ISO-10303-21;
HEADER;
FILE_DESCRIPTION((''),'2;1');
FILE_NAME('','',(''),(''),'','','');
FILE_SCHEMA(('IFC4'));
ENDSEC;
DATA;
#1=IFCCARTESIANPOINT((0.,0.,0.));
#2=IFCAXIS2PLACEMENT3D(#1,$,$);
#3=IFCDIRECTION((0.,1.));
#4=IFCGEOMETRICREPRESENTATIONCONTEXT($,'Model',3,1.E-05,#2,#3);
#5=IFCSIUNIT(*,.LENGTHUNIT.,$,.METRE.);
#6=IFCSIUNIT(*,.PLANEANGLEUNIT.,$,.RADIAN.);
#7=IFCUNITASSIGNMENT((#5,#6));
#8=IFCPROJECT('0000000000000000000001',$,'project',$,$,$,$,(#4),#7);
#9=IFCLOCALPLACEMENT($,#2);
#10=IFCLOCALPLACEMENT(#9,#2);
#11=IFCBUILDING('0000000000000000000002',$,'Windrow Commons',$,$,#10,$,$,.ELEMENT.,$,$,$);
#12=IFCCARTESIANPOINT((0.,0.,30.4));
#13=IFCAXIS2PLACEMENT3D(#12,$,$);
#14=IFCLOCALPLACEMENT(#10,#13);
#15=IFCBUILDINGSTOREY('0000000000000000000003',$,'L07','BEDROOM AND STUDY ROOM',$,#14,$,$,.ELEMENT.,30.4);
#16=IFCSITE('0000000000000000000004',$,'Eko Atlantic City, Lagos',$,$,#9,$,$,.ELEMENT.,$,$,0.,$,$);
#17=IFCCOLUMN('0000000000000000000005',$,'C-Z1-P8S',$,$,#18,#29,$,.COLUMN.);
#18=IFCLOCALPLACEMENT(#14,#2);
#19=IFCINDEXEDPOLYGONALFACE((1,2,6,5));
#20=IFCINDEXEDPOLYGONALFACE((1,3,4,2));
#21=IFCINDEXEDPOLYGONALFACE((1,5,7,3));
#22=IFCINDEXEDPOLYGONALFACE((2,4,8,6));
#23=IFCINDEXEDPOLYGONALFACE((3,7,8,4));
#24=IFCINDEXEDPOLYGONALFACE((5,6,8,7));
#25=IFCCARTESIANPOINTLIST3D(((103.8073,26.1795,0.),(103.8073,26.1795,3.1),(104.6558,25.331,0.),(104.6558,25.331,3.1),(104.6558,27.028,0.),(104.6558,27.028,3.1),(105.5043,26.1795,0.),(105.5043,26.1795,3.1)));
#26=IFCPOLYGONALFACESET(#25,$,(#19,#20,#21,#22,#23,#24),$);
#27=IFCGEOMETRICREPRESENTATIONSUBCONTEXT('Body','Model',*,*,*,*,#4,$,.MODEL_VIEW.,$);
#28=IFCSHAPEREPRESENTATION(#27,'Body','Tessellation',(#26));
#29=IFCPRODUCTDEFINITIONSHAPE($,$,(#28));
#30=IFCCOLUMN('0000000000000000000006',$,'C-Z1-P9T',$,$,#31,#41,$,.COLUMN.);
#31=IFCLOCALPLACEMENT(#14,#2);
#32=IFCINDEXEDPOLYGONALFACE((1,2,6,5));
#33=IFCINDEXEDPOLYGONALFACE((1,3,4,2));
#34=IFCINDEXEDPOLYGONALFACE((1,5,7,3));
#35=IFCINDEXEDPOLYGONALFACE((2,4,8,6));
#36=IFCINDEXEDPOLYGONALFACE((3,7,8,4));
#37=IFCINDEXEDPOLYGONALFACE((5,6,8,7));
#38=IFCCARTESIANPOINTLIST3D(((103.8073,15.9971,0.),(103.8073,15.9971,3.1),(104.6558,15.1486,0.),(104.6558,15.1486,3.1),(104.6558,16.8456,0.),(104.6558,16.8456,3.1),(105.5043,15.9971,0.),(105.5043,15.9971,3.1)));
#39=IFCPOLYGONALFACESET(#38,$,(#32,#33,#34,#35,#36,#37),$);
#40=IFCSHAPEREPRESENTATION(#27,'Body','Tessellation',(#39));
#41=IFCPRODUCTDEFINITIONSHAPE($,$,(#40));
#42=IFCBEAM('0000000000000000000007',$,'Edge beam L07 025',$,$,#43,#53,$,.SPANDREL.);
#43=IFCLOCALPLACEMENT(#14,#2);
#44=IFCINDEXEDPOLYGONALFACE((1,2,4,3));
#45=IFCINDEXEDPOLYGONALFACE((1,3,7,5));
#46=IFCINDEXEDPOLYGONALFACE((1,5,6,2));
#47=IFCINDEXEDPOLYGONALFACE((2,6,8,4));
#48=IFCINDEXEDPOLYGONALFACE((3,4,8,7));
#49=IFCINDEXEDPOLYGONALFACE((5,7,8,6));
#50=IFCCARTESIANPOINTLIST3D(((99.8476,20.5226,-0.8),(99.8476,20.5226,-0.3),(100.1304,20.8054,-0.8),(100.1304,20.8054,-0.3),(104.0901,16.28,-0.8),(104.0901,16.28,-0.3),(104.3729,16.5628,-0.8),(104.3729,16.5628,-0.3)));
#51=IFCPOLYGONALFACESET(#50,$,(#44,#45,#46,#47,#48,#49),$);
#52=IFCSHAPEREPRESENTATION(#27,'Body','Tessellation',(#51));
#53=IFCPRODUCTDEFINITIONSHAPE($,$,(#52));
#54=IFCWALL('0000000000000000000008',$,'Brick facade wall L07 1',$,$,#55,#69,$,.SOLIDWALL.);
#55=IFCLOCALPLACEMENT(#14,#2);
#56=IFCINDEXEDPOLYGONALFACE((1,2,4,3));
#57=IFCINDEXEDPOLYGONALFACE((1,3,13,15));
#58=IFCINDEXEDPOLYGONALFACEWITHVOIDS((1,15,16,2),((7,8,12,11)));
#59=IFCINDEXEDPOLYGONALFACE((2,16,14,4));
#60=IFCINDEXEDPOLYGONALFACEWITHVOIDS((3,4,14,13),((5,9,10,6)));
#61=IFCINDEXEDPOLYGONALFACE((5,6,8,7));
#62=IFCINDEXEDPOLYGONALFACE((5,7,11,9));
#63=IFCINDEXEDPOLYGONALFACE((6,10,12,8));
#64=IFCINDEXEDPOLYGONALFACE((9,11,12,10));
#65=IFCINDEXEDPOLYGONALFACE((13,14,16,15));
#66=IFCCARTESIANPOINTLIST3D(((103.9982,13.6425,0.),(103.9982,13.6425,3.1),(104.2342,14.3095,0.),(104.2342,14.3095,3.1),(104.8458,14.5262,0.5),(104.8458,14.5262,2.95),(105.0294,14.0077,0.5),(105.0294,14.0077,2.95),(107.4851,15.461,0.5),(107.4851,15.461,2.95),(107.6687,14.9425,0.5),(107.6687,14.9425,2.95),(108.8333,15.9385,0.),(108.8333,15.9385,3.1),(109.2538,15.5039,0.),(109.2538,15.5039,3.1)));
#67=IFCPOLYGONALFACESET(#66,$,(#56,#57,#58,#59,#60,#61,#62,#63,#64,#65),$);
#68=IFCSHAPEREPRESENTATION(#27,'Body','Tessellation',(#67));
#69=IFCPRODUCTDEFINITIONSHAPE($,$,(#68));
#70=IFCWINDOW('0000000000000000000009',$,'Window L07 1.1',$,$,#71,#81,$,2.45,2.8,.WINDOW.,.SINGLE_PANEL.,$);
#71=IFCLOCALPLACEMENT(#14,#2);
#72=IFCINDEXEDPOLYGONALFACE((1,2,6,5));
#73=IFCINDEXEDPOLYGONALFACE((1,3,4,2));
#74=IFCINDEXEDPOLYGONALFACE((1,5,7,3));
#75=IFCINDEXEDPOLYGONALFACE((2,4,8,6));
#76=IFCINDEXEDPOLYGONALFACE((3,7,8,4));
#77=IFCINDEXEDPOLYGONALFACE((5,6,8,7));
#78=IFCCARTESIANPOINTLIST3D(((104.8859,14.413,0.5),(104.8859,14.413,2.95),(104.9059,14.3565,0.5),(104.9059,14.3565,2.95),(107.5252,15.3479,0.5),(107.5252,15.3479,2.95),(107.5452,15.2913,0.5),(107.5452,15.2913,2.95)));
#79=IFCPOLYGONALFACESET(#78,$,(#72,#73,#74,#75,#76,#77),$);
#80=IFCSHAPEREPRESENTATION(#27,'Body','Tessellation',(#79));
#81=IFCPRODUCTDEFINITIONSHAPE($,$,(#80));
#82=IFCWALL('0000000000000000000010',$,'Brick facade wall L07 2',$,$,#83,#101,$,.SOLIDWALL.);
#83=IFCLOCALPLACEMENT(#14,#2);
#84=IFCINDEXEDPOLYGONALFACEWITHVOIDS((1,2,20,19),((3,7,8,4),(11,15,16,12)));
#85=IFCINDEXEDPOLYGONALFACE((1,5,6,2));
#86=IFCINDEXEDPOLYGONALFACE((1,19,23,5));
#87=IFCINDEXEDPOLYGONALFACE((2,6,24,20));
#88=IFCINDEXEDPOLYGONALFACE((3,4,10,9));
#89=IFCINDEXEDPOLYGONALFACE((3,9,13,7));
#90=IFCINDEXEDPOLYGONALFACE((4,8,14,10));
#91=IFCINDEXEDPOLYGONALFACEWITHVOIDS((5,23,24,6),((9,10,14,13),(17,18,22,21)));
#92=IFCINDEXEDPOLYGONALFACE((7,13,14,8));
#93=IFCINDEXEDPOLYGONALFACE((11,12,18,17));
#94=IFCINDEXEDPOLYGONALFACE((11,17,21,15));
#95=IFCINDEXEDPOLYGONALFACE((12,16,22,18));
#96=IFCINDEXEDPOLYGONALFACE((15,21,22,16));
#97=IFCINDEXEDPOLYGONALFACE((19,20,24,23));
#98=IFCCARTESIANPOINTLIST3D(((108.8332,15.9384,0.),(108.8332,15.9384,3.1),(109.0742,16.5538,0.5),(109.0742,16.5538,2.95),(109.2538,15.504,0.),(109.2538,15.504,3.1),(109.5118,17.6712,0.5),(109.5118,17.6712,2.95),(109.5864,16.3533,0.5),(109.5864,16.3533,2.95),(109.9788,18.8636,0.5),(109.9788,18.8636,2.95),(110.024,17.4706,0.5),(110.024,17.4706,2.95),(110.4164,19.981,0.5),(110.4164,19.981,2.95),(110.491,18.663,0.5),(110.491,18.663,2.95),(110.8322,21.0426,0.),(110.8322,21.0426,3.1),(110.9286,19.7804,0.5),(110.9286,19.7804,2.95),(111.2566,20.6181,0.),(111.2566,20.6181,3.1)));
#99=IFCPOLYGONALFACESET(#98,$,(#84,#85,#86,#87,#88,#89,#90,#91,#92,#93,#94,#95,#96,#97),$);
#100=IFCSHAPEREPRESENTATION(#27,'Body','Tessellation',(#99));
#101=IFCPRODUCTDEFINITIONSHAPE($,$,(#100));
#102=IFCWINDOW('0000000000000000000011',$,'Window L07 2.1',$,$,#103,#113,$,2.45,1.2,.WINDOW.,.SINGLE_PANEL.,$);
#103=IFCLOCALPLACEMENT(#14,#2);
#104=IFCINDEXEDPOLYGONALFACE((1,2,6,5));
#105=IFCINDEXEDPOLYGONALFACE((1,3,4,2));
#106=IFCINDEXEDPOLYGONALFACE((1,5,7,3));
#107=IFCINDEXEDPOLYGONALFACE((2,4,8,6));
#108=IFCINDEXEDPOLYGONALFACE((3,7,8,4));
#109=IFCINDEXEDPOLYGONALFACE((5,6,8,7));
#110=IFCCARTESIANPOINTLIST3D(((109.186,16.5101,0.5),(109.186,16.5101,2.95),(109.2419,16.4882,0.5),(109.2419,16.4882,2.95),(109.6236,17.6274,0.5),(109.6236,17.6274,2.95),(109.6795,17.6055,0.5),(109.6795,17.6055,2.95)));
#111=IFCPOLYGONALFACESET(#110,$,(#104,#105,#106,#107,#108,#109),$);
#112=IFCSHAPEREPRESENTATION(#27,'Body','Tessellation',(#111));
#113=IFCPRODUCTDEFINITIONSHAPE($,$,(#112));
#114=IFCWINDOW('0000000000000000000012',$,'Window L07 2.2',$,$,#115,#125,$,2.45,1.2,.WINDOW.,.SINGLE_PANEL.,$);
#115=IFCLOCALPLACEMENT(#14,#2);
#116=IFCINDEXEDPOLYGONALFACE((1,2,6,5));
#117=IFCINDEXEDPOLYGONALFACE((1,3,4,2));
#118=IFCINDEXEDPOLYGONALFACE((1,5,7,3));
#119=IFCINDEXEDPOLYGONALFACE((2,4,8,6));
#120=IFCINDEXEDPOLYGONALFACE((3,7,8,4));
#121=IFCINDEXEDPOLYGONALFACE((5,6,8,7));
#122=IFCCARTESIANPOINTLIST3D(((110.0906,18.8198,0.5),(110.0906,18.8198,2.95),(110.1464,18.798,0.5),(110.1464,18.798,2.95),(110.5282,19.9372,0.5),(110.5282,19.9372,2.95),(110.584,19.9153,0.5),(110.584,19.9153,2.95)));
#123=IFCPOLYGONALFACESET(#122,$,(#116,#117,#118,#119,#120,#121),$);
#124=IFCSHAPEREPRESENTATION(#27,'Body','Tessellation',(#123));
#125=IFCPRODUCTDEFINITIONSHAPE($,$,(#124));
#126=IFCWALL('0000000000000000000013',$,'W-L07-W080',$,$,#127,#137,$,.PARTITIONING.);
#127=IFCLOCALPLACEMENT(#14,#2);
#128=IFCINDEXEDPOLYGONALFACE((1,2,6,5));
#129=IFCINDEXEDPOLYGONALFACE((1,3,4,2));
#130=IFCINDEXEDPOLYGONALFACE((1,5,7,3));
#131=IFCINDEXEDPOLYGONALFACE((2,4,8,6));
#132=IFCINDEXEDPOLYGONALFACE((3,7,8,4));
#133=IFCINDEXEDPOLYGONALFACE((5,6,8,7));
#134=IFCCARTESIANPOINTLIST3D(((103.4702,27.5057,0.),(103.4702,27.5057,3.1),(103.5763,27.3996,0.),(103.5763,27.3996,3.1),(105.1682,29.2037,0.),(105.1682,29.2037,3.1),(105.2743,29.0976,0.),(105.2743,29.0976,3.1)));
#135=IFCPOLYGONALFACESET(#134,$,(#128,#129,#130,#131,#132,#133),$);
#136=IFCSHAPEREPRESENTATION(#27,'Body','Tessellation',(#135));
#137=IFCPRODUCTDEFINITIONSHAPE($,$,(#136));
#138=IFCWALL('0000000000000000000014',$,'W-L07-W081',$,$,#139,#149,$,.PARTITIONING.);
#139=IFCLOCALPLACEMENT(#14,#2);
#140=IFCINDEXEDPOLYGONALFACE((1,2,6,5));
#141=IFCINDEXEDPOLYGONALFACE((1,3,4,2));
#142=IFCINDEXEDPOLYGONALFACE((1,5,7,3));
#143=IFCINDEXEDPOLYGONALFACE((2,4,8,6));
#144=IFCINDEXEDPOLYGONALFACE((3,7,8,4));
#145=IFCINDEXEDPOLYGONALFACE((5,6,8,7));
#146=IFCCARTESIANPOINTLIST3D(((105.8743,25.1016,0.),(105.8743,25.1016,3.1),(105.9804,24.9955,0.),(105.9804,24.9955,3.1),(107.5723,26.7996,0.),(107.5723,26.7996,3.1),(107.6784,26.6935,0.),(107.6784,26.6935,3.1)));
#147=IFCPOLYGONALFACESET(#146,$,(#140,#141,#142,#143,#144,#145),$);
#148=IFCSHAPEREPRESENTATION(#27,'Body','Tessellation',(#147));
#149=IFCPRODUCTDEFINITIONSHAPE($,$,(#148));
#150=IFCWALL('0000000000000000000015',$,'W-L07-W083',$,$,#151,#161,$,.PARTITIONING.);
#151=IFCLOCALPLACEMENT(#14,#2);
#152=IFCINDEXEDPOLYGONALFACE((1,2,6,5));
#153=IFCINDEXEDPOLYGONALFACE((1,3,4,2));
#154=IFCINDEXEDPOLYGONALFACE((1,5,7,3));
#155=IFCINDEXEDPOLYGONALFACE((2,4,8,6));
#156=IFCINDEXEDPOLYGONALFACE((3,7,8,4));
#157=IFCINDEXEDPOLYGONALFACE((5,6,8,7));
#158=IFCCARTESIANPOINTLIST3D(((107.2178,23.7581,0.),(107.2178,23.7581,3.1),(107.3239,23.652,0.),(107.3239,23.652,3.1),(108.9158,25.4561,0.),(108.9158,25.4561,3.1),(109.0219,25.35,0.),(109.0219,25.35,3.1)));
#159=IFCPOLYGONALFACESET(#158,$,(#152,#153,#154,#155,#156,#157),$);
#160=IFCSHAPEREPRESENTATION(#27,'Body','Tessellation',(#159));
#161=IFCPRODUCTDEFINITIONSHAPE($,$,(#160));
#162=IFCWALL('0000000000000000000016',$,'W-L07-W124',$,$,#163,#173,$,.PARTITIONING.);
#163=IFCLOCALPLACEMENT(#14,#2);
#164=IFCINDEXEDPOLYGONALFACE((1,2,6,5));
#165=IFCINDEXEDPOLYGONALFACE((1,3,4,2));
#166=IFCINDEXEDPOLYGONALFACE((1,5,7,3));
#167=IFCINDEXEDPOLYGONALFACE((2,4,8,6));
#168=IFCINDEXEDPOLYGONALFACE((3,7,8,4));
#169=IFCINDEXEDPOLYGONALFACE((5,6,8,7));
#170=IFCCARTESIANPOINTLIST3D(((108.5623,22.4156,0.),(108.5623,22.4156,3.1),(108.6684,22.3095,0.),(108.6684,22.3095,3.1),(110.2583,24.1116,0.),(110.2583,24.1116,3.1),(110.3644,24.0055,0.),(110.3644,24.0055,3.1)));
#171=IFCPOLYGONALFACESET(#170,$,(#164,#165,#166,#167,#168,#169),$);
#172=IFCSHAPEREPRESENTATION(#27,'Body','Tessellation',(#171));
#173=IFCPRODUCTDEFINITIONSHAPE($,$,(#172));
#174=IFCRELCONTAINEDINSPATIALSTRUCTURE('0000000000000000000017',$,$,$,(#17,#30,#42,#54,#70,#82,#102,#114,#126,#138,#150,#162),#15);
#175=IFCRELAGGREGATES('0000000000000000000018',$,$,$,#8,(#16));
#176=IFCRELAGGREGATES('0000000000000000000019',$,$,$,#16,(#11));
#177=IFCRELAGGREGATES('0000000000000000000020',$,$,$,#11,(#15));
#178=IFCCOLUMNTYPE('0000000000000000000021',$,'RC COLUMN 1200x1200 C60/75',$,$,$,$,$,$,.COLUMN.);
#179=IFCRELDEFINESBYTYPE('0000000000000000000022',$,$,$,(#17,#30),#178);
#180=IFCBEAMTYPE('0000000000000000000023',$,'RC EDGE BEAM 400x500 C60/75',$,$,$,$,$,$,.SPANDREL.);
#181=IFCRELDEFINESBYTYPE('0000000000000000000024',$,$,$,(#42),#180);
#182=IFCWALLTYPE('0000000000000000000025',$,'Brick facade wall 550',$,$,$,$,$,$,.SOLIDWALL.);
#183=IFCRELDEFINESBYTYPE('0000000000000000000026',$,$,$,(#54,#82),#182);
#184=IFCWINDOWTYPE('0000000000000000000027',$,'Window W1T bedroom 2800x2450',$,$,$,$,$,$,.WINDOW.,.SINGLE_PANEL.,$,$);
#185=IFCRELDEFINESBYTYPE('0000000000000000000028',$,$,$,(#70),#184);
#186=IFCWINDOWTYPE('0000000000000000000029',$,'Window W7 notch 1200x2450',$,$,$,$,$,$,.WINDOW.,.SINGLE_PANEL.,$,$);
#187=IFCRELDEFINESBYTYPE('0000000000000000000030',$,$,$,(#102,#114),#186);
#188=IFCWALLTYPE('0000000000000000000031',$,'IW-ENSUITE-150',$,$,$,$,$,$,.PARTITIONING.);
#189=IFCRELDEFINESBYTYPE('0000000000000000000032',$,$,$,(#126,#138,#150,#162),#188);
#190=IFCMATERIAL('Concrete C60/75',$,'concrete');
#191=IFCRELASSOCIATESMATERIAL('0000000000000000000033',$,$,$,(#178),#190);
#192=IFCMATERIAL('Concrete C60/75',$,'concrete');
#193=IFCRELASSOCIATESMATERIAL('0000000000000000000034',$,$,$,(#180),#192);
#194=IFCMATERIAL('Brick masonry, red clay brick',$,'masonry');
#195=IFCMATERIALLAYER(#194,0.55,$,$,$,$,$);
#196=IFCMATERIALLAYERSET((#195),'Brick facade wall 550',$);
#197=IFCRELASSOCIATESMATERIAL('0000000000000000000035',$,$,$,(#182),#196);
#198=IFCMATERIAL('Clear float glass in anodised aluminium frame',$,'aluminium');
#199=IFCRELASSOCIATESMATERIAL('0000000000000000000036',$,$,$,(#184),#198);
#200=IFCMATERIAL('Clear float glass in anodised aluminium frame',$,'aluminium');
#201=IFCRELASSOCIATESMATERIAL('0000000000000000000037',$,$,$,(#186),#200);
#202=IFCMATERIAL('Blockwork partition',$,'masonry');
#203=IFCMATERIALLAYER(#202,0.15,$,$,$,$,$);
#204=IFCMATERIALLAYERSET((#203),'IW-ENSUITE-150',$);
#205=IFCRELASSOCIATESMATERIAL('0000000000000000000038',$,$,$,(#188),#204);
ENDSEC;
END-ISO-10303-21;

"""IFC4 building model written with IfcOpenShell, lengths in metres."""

from ifc_helpers import new_model, si_unit, direction, frame, frame_2d, origin, origin_2d, place, context, subcontext, project, spatial, polyline, rectangle, outline, extrude, material, layer, layer_set, material_profile, profile_set, type_object, element, fill, save


model = new_model("IFC4")

# Units and contexts
model_context = context("Model", 3, precision=1e-05, world=origin(), true_north=direction((0.0, 1.0)))
body_context = subcontext(model_context, "Body", "Model", "MODEL_VIEW")
ifc_project = project(units=[si_unit("LENGTHUNIT", "METRE"), si_unit("PLANEANGLEUNIT", "RADIAN")], contexts=[model_context])

# Site, building, storey
site_placement = place(None, origin())
site = spatial("IfcSite", under=ifc_project, at=site_placement, Name="Eko Atlantic City, Lagos", CompositionType="ELEMENT", RefElevation=0.0)
building_placement = place(site_placement, origin())
building = spatial("IfcBuilding", under=site, at=building_placement, Name="Windrow Commons", CompositionType="ELEMENT")
storey_placement = place(building_placement, frame((0.0, 0.0, 30.4)))
storey = spatial("IfcBuildingStorey", under=building, at=storey_placement, Name="L07", Description="BEDROOM AND STUDY ROOM", CompositionType="ELEMENT", Elevation=30.4)

# Columns
ifc_material_1 = material(Name="Concrete C60/75", Category="concrete")
ifc_material_profile_1 = material_profile(ifc_material_1, rectangle(XDim=1.2, YDim=1.2, at=origin_2d()))
ifc_profile_set_1 = profile_set([ifc_material_profile_1], Name="Concrete C60/75")
column_type = type_object("IfcColumnType", Name="RC COLUMN 1200x1200 C60/75", PredefinedType="COLUMN", material=ifc_profile_set_1)
for number, where, z_axis, x_axis, name in (
    (1, (104.6558, 26.1795, 0.0), (0.0, 0.0, 1.0), (0.707107, -0.707107, 0.0), "C-Z1-P8S"),
    (2, (104.6558, 15.9971, 0.0), (0.0, 0.0, 1.0), (0.707107, -0.707107, 0.0), "C-Z1-P9T"),
):
    element("IfcColumn", number, at=place(storey_placement, frame(where, z_axis=z_axis, x_axis=x_axis)), inside=storey, type_object=column_type, Name=name, PredefinedType="COLUMN", context=body_context, shape_type="SweptSolid", body=[
        extrude(rectangle(XDim=1.2, YDim=1.2, at=origin_2d()), origin(), (0.0, 0.0, 1.0), 3.1),
    ])

# Beam
ifc_material_2 = material(Name="Concrete C60/75", Category="concrete")
ifc_material_profile_2 = material_profile(ifc_material_2, rectangle(XDim=0.4, YDim=0.5, at=origin_2d()))
ifc_profile_set_2 = profile_set([ifc_material_profile_2], Name="Concrete C60/75")
beam_type = type_object("IfcBeamType", Name="RC EDGE BEAM 400x500 C60/75", PredefinedType="SPANDREL", material=ifc_profile_set_2)
beam_placement = place(storey_placement, frame((104.2315, 16.4214, -0.55), z_axis=(-0.707098, 0.707115, 0.0), x_axis=(-0.707115, -0.707098, 0.0)))
element("IfcBeam", 3, at=beam_placement, inside=storey, type_object=beam_type, Name="Edge beam L07 025", PredefinedType="SPANDREL", context=body_context, shape_type="SweptSolid", body=[
    extrude(rectangle(XDim=0.4, YDim=0.5, at=origin_2d()), origin(), (0.0, 0.0, 1.0), 5.9999),
])

# Wall, opening, window
ifc_material_3 = material(Name="Brick masonry, red clay brick", Category="masonry")
ifc_layer_1 = layer(ifc_material_3, 0.55)
ifc_layer_set_1 = layer_set([ifc_layer_1], Name="Brick facade wall 550")
wall_type_1 = type_object("IfcWallType", Name="Brick facade wall 550", PredefinedType="SOLIDWALL", material=ifc_layer_set_1)
wall_1_placement = place(storey_placement, frame((104.1162, 13.976, 0.0), z_axis=(0.0, 0.0, 1.0), x_axis=(0.94262, 0.333867, 0.0)))
wall_1 = element("IfcWall", 4, at=wall_1_placement, inside=storey, type_object=wall_type_1, Name="Brick facade wall L07 1", PredefinedType="SOLIDWALL", context=body_context, shape_type="SweptSolid", body=[
    extrude(outline(polyline([(-0.2226, -0.275), (5.3529, -0.275), (5.1016, 0.275), (0.2226, 0.275), (-0.2226, -0.275)])), origin(), (0.0, 0.0, 1.0), 3.1),
])
opening_1_placement = place(wall_1_placement, frame((0.8714, 0.0, 0.5)))
opening_1 = element("IfcOpeningElement", 5, at=opening_1_placement, cuts=wall_1, PredefinedType="OPENING", context=body_context, shape_type="SweptSolid", body=[
    extrude(rectangle(XDim=2.8, YDim=2.45, at=frame_2d((1.4, 1.225))), frame((0.0, 0.285, 0.0), z_axis=(0.0, -1.0, 0.0), x_axis=(1.0, 0.0, 0.0)), (0.0, 0.0, 1.0), 0.57),
])
ifc_material_4 = material(Name="Clear float glass in anodised aluminium frame", Category="aluminium")
window_type_1 = type_object("IfcWindowType", Name="Window W1T bedroom 2800x2450", PartitioningType="SINGLE_PANEL", PredefinedType="WINDOW", material=ifc_material_4)
window_1_placement = place(opening_1_placement, origin())
window_1 = element("IfcWindow", 6, at=window_1_placement, inside=storey, type_object=window_type_1, Name="Window L07 1.1", OverallHeight=2.45, OverallWidth=2.8, PartitioningType="SINGLE_PANEL", PredefinedType="WINDOW", context=body_context, shape_type="SweptSolid", body=[
    extrude(rectangle(XDim=2.8, YDim=2.45, at=frame_2d((1.4, 1.225))), frame((0.0, 0.155, 0.0), z_axis=(0.0, -1.0, 0.0), x_axis=(1.0, 0.0, 0.0)), (0.0, 0.0, 1.0), 0.06),
])
fill(opening_1, window_1)

# Wall, openings, windows
wall_2_placement = place(storey_placement, frame((109.0435, 15.7212, 0.0), z_axis=(0.0, 0.0, 1.0), x_axis=(0.364666, 0.931138, 0.0)))
wall_2 = element("IfcWall", 7, at=wall_2_placement, inside=storey, type_object=wall_type_1, Name="Brick facade wall L07 2", PredefinedType="SOLIDWALL", context=body_context, shape_type="SweptSolid", body=[
    extrude(outline(polyline([(-0.1256, -0.275), (5.3667, -0.275), (5.6072, 0.275), (0.1256, 0.275), (-0.1256, -0.275)])), origin(), (0.0, 0.0, 1.0), 3.1),
])
opening_2_placement = place(wall_2_placement, frame((0.7865, 0.0, 0.5)))
opening_2 = element("IfcOpeningElement", 8, at=opening_2_placement, cuts=wall_2, PredefinedType="OPENING", context=body_context, shape_type="SweptSolid", body=[
    extrude(rectangle(XDim=1.2, YDim=2.45, at=frame_2d((0.6, 1.225))), frame((0.0, 0.285, 0.0), z_axis=(0.0, -1.0, 0.0), x_axis=(1.0, 0.0, 0.0)), (0.0, 0.0, 1.0), 0.57),
])
opening_3_placement = place(wall_2_placement, frame((3.2671, 0.0, 0.5)))
opening_3 = element("IfcOpeningElement", 9, at=opening_3_placement, cuts=wall_2, PredefinedType="OPENING", context=body_context, shape_type="SweptSolid", body=[
    extrude(rectangle(XDim=1.2, YDim=2.45, at=frame_2d((0.6, 1.225))), frame((0.0, 0.285, 0.0), z_axis=(0.0, -1.0, 0.0), x_axis=(1.0, 0.0, 0.0)), (0.0, 0.0, 1.0), 0.57),
])
ifc_material_5 = material(Name="Clear float glass in anodised aluminium frame", Category="aluminium")
window_type_2 = type_object("IfcWindowType", Name="Window W7 notch 1200x2450", PartitioningType="SINGLE_PANEL", PredefinedType="WINDOW", material=ifc_material_5)
window_2_placement = place(opening_2_placement, origin())
window_2 = element("IfcWindow", 10, at=window_2_placement, inside=storey, type_object=window_type_2, Name="Window L07 2.1", OverallHeight=2.45, OverallWidth=1.2, PartitioningType="SINGLE_PANEL", PredefinedType="WINDOW", context=body_context, shape_type="SweptSolid", body=[
    extrude(rectangle(XDim=1.2, YDim=2.45, at=frame_2d((0.6, 1.225))), frame((0.0, 0.155, 0.0), z_axis=(0.0, -1.0, 0.0), x_axis=(1.0, 0.0, 0.0)), (0.0, 0.0, 1.0), 0.06),
])
fill(opening_2, window_2)
window_3_placement = place(opening_3_placement, origin())
window_3 = element("IfcWindow", 11, at=window_3_placement, inside=storey, type_object=window_type_2, Name="Window L07 2.2", OverallHeight=2.45, OverallWidth=1.2, PartitioningType="SINGLE_PANEL", PredefinedType="WINDOW", context=body_context, shape_type="SweptSolid", body=[
    extrude(rectangle(XDim=1.2, YDim=2.45, at=frame_2d((0.6, 1.225))), frame((0.0, 0.155, 0.0), z_axis=(0.0, -1.0, 0.0), x_axis=(1.0, 0.0, 0.0)), (0.0, 0.0, 1.0), 0.06),
])
fill(opening_3, window_3)

# Walls
ifc_material_6 = material(Name="Blockwork partition", Category="masonry")
ifc_layer_2 = layer(ifc_material_6, 0.15)
ifc_layer_set_2 = layer_set([ifc_layer_2], Name="IW-ENSUITE-150")
wall_type_2 = type_object("IfcWallType", Name="IW-ENSUITE-150", PredefinedType="PARTITIONING", material=ifc_layer_set_2)
for number, where, z_axis, x_axis, name in (
    (12, (103.5233, 27.4527, 0.0), (0.0, 0.0, 1.0), (0.707107, 0.707107, 0.0), "W-L07-W080"),
    (13, (105.9274, 25.0486, 0.0), (0.0, 0.0, 1.0), (0.707107, 0.707107, 0.0), "W-L07-W081"),
    (14, (107.2709, 23.7051, 0.0), (0.0, 0.0, 1.0), (0.707107, 0.707107, 0.0), "W-L07-W083"),
):
    element("IfcWall", number, at=place(storey_placement, frame(where, z_axis=z_axis, x_axis=x_axis)), inside=storey, type_object=wall_type_2, Name=name, PredefinedType="PARTITIONING", context=body_context, shape_type="SweptSolid", body=[
        extrude(rectangle(XDim=2.4013, YDim=0.15, at=frame_2d((1.2006, 0.0))), origin(), (0.0, 0.0, 1.0), 3.1),
    ])
wall_3_placement = place(storey_placement, frame((108.6154, 22.3626, 0.0), z_axis=(0.0, 0.0, 1.0), x_axis=(0.707107, 0.707107, 0.0)))
element("IfcWall", 15, at=wall_3_placement, inside=storey, type_object=wall_type_2, Name="W-L07-W124", PredefinedType="PARTITIONING", context=body_context, shape_type="SweptSolid", body=[
    extrude(rectangle(XDim=2.3985, YDim=0.15, at=frame_2d((1.1992, 0.0))), origin(), (0.0, 0.0, 1.0), 3.1),
])

save(model, "model.ifc")
